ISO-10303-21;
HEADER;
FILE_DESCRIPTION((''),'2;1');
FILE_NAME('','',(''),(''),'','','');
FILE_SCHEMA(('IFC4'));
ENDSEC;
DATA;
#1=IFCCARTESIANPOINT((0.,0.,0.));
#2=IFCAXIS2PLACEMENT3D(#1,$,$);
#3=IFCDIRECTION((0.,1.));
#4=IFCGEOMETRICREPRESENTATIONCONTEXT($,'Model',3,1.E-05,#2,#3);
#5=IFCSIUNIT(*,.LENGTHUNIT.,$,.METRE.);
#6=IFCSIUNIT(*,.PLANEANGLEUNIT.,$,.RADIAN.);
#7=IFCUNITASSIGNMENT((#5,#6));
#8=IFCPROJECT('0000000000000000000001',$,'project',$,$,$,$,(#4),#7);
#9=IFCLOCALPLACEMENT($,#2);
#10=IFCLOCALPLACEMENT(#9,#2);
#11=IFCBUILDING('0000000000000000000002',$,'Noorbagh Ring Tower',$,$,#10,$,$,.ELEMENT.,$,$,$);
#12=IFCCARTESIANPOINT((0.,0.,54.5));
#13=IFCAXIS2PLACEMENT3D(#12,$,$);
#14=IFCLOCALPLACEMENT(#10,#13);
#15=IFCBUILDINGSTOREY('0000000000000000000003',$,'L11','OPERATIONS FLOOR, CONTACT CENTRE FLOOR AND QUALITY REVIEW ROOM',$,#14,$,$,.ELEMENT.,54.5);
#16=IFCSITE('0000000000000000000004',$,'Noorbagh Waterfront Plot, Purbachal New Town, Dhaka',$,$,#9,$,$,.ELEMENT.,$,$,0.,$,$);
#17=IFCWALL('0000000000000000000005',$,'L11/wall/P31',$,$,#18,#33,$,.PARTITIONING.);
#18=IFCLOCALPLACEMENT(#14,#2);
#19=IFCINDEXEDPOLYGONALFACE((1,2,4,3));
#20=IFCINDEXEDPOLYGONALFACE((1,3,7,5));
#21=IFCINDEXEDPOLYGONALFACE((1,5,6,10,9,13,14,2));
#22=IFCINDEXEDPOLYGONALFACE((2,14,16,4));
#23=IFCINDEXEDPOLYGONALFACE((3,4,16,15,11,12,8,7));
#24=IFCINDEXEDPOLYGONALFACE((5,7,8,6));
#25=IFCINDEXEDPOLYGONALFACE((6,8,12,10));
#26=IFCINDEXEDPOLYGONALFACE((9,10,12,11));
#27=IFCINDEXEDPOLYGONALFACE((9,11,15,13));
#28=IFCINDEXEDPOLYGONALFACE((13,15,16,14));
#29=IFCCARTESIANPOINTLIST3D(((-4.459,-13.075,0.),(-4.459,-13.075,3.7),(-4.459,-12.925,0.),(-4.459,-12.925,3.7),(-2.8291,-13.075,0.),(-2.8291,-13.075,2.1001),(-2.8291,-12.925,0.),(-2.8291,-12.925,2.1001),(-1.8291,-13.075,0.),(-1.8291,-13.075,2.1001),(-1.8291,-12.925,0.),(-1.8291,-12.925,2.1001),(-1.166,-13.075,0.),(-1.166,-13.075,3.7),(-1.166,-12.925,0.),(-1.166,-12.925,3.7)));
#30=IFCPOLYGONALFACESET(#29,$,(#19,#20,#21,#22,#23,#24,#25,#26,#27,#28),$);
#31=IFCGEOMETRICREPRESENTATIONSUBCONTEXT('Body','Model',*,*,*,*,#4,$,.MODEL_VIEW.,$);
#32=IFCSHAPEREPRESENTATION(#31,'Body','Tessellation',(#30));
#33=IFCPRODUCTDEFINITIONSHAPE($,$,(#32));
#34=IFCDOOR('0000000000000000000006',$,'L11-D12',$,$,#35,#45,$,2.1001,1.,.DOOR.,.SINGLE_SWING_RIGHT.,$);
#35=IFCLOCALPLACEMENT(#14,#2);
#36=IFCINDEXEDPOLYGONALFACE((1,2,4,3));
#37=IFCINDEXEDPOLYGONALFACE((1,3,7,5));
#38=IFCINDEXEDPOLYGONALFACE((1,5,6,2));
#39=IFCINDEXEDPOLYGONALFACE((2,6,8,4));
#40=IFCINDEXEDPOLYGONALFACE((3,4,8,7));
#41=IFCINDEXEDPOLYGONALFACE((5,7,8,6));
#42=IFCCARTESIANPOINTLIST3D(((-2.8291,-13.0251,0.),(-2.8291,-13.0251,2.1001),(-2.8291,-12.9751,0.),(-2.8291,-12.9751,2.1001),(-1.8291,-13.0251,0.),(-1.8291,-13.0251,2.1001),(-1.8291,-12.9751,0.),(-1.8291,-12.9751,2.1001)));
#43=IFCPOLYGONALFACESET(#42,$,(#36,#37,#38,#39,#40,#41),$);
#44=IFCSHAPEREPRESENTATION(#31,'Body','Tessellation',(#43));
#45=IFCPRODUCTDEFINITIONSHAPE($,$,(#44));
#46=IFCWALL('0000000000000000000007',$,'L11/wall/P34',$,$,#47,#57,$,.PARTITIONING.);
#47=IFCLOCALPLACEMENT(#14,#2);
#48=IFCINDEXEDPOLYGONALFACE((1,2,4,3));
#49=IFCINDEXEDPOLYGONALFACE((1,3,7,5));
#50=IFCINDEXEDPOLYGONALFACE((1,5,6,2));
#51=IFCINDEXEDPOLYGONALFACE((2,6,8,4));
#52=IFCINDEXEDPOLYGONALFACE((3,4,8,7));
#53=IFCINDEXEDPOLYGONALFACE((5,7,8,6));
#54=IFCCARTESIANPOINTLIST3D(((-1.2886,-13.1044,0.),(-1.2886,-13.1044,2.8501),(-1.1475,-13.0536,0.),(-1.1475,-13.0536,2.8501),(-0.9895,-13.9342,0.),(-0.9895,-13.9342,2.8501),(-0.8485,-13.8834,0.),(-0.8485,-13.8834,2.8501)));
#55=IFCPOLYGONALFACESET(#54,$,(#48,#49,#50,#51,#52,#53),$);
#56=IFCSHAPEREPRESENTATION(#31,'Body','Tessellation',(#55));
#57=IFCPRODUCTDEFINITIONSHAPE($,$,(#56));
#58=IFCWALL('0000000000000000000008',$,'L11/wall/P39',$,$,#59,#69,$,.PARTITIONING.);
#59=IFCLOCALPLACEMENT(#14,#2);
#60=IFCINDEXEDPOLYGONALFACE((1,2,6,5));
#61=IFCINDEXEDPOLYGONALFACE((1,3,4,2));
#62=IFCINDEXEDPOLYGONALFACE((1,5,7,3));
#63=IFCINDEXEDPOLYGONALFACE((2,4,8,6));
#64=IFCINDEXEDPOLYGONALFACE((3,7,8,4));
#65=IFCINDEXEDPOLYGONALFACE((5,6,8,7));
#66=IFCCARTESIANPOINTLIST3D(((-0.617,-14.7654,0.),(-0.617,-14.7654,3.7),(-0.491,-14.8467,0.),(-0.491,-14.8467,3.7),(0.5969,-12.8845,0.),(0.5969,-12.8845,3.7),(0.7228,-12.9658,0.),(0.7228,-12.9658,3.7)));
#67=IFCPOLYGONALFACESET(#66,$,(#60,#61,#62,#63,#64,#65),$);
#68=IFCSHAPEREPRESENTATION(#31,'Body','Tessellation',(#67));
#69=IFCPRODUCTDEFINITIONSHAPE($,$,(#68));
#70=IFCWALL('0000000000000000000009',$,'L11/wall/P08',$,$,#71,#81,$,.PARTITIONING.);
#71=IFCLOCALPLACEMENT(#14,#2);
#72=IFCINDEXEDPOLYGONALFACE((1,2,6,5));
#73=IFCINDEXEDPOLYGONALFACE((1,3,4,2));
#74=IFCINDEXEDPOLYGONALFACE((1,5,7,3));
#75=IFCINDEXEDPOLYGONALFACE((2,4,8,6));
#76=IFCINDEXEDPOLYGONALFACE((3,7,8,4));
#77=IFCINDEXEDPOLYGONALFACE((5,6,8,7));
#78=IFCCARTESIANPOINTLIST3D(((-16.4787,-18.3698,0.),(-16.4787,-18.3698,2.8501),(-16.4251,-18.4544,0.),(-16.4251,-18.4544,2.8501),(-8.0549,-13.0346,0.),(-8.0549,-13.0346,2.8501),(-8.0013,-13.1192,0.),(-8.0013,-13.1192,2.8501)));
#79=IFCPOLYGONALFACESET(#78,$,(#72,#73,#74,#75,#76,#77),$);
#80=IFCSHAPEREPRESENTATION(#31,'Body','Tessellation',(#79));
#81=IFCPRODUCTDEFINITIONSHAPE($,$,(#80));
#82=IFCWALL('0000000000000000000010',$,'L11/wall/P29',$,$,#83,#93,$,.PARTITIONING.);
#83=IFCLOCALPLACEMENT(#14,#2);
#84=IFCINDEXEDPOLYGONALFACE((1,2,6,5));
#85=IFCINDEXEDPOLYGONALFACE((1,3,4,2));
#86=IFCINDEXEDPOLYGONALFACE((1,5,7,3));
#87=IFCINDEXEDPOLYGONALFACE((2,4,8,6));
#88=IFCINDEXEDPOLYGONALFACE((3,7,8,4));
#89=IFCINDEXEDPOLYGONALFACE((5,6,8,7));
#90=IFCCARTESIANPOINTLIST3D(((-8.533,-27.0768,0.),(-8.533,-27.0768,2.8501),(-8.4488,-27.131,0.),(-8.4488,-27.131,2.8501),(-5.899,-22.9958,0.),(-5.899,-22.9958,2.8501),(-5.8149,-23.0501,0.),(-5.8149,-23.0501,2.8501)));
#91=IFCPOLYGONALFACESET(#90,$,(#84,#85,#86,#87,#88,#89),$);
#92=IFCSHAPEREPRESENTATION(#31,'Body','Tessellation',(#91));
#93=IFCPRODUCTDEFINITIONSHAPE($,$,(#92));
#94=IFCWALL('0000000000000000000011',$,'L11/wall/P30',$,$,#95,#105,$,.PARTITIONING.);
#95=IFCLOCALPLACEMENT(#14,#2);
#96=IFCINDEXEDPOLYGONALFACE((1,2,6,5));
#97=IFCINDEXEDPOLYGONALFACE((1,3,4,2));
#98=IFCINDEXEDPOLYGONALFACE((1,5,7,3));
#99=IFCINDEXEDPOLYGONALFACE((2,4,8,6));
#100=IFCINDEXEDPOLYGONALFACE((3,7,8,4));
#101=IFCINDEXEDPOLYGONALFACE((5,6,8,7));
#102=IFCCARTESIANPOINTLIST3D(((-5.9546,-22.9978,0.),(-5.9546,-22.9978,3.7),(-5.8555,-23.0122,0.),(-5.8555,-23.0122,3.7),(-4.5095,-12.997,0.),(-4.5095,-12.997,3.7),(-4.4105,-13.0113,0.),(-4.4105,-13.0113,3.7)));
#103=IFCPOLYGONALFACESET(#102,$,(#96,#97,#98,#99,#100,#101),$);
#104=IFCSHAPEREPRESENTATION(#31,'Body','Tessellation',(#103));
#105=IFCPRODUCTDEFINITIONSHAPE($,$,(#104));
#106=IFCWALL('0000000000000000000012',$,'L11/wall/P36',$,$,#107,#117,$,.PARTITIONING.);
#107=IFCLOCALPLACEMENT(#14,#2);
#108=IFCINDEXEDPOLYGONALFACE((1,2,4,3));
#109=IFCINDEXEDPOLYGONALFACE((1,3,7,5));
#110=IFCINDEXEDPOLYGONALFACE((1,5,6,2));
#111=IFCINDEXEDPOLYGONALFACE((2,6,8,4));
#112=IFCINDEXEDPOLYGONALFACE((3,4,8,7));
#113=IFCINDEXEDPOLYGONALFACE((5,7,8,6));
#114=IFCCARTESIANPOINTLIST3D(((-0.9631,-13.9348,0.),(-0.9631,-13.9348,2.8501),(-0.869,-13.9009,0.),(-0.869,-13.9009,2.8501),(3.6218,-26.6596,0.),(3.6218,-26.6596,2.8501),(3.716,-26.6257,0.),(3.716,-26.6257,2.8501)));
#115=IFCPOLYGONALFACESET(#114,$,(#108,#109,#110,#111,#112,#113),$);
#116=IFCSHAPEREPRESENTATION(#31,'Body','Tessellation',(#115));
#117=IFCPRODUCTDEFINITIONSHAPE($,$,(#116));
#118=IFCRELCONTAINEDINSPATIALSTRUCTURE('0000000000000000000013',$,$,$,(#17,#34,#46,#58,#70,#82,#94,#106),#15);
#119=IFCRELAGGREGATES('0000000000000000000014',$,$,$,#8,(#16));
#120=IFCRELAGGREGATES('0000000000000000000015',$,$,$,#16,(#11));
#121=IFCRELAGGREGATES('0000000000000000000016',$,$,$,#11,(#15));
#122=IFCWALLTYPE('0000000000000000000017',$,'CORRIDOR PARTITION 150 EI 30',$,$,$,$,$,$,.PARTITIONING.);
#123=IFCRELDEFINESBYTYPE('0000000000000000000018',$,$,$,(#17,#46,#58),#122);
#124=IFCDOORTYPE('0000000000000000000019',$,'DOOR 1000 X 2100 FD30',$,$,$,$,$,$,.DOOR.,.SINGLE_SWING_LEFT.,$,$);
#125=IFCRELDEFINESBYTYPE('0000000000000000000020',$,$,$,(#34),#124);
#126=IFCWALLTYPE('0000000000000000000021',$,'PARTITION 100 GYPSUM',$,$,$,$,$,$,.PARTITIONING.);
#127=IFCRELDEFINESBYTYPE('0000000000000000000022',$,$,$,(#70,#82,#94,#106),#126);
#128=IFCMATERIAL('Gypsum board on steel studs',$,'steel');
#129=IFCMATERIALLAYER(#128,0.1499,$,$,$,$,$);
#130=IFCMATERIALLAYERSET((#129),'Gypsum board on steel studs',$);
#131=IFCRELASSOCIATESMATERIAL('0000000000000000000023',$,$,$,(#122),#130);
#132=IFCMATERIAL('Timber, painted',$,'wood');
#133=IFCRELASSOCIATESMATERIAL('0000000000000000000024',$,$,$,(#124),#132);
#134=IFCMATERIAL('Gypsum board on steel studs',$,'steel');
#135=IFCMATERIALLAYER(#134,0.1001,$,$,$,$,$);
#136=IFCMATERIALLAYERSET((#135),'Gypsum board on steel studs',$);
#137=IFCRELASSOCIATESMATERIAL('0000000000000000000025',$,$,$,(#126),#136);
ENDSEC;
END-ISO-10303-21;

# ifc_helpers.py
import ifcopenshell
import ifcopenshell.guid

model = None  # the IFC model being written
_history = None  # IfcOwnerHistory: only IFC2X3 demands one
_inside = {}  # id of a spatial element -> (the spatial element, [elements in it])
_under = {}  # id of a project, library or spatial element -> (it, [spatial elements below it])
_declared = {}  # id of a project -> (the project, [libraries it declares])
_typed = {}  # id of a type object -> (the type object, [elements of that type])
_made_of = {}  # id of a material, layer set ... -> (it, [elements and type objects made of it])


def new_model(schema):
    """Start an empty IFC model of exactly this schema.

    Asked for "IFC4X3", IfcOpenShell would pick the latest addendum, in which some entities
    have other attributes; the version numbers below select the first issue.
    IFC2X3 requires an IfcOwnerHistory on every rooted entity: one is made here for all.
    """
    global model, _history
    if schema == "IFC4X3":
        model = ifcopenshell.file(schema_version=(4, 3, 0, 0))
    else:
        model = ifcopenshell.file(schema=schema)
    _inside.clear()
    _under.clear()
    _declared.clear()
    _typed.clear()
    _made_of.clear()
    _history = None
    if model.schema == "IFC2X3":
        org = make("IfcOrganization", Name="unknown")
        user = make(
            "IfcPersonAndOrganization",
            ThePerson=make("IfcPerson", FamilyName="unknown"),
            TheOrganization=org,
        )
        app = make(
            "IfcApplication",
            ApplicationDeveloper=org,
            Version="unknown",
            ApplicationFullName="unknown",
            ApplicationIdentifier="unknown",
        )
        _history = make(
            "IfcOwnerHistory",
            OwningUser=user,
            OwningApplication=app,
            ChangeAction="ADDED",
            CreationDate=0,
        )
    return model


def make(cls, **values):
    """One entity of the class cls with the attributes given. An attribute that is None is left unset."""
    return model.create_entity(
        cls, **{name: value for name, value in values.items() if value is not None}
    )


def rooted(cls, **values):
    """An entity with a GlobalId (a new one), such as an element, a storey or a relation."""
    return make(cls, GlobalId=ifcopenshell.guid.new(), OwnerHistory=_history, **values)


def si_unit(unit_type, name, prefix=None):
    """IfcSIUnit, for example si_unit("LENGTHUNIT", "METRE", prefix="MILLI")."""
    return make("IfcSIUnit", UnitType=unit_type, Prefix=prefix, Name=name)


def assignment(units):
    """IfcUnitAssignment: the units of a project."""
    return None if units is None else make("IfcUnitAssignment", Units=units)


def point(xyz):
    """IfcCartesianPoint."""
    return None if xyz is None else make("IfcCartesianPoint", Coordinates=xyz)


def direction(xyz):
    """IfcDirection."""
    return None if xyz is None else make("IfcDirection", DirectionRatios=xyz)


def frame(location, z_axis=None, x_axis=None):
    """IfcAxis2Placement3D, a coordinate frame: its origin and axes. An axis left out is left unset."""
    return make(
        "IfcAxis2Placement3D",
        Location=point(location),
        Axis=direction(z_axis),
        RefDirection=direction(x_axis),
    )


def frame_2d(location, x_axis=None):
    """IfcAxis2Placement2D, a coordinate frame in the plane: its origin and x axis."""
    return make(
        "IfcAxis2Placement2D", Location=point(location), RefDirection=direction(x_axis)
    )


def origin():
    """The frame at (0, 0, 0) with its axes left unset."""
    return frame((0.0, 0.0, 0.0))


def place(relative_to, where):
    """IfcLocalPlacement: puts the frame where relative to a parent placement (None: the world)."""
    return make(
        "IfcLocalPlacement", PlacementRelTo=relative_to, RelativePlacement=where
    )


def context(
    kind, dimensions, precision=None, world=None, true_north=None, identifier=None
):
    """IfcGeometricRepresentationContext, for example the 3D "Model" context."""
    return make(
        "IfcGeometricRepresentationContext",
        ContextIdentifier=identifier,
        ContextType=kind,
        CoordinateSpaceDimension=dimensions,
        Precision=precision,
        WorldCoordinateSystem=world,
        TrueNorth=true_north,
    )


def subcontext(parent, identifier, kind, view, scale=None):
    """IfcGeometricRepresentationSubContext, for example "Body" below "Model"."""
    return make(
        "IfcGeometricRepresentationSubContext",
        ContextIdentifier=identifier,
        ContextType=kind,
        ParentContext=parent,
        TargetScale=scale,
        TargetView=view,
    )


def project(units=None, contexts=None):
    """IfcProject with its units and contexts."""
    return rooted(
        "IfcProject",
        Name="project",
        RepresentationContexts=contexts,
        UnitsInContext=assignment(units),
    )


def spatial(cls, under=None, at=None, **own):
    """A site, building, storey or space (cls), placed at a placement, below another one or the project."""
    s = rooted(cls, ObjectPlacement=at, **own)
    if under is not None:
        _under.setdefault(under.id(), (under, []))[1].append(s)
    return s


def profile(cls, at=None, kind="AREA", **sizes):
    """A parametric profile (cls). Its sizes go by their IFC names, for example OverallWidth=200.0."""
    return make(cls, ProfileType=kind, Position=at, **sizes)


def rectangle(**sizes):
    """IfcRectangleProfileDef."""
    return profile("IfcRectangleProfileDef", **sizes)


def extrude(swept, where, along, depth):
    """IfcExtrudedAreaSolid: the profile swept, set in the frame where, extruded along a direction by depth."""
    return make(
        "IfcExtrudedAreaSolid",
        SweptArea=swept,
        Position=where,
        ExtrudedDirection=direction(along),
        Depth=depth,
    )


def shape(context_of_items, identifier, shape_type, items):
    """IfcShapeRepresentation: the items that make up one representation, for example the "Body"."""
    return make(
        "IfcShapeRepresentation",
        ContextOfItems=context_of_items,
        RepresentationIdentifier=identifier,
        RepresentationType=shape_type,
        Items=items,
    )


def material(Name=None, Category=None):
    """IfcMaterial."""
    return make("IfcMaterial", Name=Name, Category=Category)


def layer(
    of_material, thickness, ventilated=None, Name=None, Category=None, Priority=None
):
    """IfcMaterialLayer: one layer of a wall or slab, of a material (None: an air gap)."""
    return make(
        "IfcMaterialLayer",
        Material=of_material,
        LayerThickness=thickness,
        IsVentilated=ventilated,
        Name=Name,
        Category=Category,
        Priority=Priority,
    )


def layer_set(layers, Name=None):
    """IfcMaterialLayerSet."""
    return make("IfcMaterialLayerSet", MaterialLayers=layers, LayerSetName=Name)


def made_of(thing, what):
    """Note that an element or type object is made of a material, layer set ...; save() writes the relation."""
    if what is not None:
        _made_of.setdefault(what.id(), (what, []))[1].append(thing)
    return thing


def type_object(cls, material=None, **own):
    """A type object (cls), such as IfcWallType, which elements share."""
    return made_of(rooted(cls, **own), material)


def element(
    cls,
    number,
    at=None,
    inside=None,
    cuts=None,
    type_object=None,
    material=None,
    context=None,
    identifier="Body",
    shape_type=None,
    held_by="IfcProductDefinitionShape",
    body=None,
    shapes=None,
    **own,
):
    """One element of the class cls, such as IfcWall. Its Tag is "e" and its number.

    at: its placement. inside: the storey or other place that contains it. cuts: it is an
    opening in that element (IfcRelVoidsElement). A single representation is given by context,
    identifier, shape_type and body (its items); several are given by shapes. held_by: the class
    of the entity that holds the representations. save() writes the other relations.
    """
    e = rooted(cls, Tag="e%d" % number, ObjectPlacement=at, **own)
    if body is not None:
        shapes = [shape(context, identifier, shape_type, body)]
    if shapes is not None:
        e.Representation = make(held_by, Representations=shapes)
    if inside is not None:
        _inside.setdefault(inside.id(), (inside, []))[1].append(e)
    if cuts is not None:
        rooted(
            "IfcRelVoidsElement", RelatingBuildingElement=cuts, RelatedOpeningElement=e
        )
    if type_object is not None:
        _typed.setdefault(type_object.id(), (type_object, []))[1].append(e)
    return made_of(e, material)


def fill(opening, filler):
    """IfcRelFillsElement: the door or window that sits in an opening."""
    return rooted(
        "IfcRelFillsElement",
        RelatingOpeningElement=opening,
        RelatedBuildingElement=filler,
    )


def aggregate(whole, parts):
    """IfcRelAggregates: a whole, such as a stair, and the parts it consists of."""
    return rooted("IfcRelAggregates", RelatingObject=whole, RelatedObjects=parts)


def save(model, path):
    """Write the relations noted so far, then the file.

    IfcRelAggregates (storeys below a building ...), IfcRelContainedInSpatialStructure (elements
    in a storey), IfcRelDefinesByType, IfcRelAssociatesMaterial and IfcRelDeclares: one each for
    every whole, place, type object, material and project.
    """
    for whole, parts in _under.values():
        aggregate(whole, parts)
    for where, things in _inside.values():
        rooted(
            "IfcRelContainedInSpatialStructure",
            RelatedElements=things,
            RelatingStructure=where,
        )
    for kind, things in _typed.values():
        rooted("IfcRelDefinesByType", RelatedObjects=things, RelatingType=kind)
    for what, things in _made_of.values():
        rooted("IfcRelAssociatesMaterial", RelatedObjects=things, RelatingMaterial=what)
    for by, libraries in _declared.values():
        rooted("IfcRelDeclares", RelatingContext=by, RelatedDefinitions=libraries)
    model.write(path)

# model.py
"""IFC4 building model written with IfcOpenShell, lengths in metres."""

from ifc_helpers import new_model, si_unit, direction, frame, frame_2d, origin, place, context, subcontext, project, spatial, rectangle, extrude, material, layer, layer_set, type_object, element, fill, save


model = new_model("IFC4")

# Units and contexts
model_context = context("Model", 3, precision=1e-05, world=origin(), true_north=direction((0.0, 1.0)))
body_context = subcontext(model_context, "Body", "Model", "MODEL_VIEW")
ifc_project = project(units=[si_unit("LENGTHUNIT", "METRE"), si_unit("PLANEANGLEUNIT", "RADIAN")], contexts=[model_context])

# Site, building, storey
site_placement = place(None, origin())
site = spatial("IfcSite", under=ifc_project, at=site_placement, Name="Noorbagh Waterfront Plot, Purbachal New Town, Dhaka", CompositionType="ELEMENT", RefElevation=0.0)
building_placement = place(site_placement, origin())
building = spatial("IfcBuilding", under=site, at=building_placement, Name="Noorbagh Ring Tower", CompositionType="ELEMENT")
storey_placement = place(building_placement, frame((0.0, 0.0, 54.5)))
storey = spatial("IfcBuildingStorey", under=building, at=storey_placement, Name="L11", Description="OPERATIONS FLOOR, CONTACT CENTRE FLOOR AND QUALITY REVIEW ROOM", CompositionType="ELEMENT", Elevation=54.5)

# Shared definitions
ifc_material_1 = material(Name="Gypsum board on steel studs", Category="steel")
ifc_layer_1 = layer(ifc_material_1, 0.1499)
ifc_layer_set_1 = layer_set([ifc_layer_1], Name="Gypsum board on steel studs")
wall_type_1 = type_object("IfcWallType", Name="CORRIDOR PARTITION 150 EI 30", PredefinedType="PARTITIONING", material=ifc_layer_set_1)

# Shared definitions
ifc_material_2 = material(Name="Timber, painted", Category="wood")
door_type = type_object("IfcDoorType", Name="DOOR 1000 X 2100 FD30", OperationType="SINGLE_SWING_LEFT", PredefinedType="DOOR", material=ifc_material_2)

# Wall, opening, door
wall_1_placement = place(storey_placement, frame((-4.459, -13.0, 0.0), z_axis=(0.0, 0.0, 1.0), x_axis=(1.0, 0.0, 0.0)))
wall_1 = element("IfcWall", 1, at=wall_1_placement, inside=storey, type_object=wall_type_1, Name="L11/wall/P31", PredefinedType="PARTITIONING", context=body_context, shape_type="SweptSolid", body=[
    extrude(rectangle(XDim=3.293, YDim=0.1499, at=frame_2d((1.6465, 0.0))), origin(), (0.0, 0.0, 1.0), 3.7),
])
opening_1_placement = place(wall_1_placement, frame((1.6299, 0.0, 0.0)))
opening_1 = element("IfcOpeningElement", 2, at=opening_1_placement, cuts=wall_1, PredefinedType="OPENING", context=body_context, shape_type="SweptSolid", body=[
    extrude(rectangle(XDim=1.0, YDim=2.1001, at=frame_2d((0.5, 1.05))), frame((0.0, 0.085, 0.0), z_axis=(0.0, -1.0, 0.0), x_axis=(1.0, 0.0, 0.0)), (0.0, 0.0, 1.0), 0.1699),
])
door_1_placement = place(opening_1_placement, origin())
door_1 = element("IfcDoor", 3, at=door_1_placement, inside=storey, type_object=door_type, Name="L11-D12", OperationType="SINGLE_SWING_RIGHT", OverallHeight=2.1001, OverallWidth=1.0, PredefinedType="DOOR", context=body_context, shape_type="SweptSolid", body=[
    extrude(rectangle(XDim=1.0, YDim=2.1001, at=frame_2d((0.5, 1.05))), frame((0.0, 0.0249, 0.0), z_axis=(0.0, -1.0, 0.0), x_axis=(1.0, 0.0, 0.0)), (0.0, 0.0, 1.0), 0.05),
])
fill(opening_1, door_1)

# Walls
wall_2_placement = place(storey_placement, frame((-1.218, -13.0791, 0.0), z_axis=(0.0, 0.0, 1.0), x_axis=(0.339053, -0.940767, 0.0)))
element("IfcWall", 4, at=wall_2_placement, inside=storey, type_object=wall_type_1, Name="L11/wall/P34", PredefinedType="PARTITIONING", context=body_context, shape_type="SweptSolid", body=[
    extrude(rectangle(XDim=0.8821, YDim=0.1499, at=frame_2d((0.4409, 0.0))), origin(), (0.0, 0.0, 1.0), 2.8501),
])
wall_3_placement = place(storey_placement, frame((-0.554, -14.8059, 0.0), z_axis=(0.0, 0.0, 1.0), x_axis=(0.542256, 0.840213, 0.0)))
element("IfcWall", 5, at=wall_3_placement, inside=storey, type_object=wall_type_1, Name="L11/wall/P39", PredefinedType="PARTITIONING", context=body_context, shape_type="SweptSolid", body=[
    extrude(rectangle(XDim=2.2385, YDim=0.1499, at=frame_2d((1.1191, 0.0))), origin(), (0.0, 0.0, 1.0), 3.7),
])
ifc_material_3 = material(Name="Gypsum board on steel studs", Category="steel")
ifc_layer_2 = layer(ifc_material_3, 0.1001)
ifc_layer_set_2 = layer_set([ifc_layer_2], Name="Gypsum board on steel studs")
wall_type_2 = type_object("IfcWallType", Name="PARTITION 100 GYPSUM", PredefinedType="PARTITIONING", material=ifc_layer_set_2)
wall_4_placement = place(storey_placement, frame((-16.4519, -18.4121, 0.0), z_axis=(0.0, 0.0, 1.0), x_axis=(0.844814, 0.53506, 0.0)))
element("IfcWall", 6, at=wall_4_placement, inside=storey, type_object=wall_type_2, Name="L11/wall/P08", PredefinedType="PARTITIONING", context=body_context, shape_type="SweptSolid", body=[
    extrude(rectangle(XDim=9.9712, YDim=0.1001, at=frame_2d((4.9856, 0.0))), origin(), (0.0, 0.0, 1.0), 2.8501),
])
wall_5_placement = place(storey_placement, frame((-8.491, -27.104, 0.0), z_axis=(0.0, 0.0, 1.0), x_axis=(0.542286, 0.840194, 0.0)))
element("IfcWall", 7, at=wall_5_placement, inside=storey, type_object=wall_type_2, Name="L11/wall/P29", PredefinedType="PARTITIONING", context=body_context, shape_type="SweptSolid", body=[
    extrude(rectangle(XDim=4.8572, YDim=0.1001, at=frame_2d((2.4287, 0.0))), origin(), (0.0, 0.0, 1.0), 2.8501),
])
wall_6_placement = place(storey_placement, frame((-5.905, -23.0049, 0.0), z_axis=(0.0, 0.0, 1.0), x_axis=(0.143008, 0.989722, 0.0)))
element("IfcWall", 8, at=wall_6_placement, inside=storey, type_object=wall_type_2, Name="L11/wall/P30", PredefinedType="PARTITIONING", context=body_context, shape_type="SweptSolid", body=[
    extrude(rectangle(XDim=10.1047, YDim=0.1001, at=frame_2d((5.0522, 0.0))), origin(), (0.0, 0.0, 1.0), 3.7),
])
wall_7_placement = place(storey_placement, frame((-0.916, -13.918, 0.0), z_axis=(0.0, 0.0, 1.0), x_axis=(0.338982, -0.940793, 0.0)))
element("IfcWall", 9, at=wall_7_placement, inside=storey, type_object=wall_type_2, Name="L11/wall/P36", PredefinedType="PARTITIONING", context=body_context, shape_type="SweptSolid", body=[
    extrude(rectangle(XDim=13.5256, YDim=0.1001, at=frame_2d((6.7627, 0.0))), origin(), (0.0, 0.0, 1.0), 2.8501),
])

save(model, "model.ifc")
